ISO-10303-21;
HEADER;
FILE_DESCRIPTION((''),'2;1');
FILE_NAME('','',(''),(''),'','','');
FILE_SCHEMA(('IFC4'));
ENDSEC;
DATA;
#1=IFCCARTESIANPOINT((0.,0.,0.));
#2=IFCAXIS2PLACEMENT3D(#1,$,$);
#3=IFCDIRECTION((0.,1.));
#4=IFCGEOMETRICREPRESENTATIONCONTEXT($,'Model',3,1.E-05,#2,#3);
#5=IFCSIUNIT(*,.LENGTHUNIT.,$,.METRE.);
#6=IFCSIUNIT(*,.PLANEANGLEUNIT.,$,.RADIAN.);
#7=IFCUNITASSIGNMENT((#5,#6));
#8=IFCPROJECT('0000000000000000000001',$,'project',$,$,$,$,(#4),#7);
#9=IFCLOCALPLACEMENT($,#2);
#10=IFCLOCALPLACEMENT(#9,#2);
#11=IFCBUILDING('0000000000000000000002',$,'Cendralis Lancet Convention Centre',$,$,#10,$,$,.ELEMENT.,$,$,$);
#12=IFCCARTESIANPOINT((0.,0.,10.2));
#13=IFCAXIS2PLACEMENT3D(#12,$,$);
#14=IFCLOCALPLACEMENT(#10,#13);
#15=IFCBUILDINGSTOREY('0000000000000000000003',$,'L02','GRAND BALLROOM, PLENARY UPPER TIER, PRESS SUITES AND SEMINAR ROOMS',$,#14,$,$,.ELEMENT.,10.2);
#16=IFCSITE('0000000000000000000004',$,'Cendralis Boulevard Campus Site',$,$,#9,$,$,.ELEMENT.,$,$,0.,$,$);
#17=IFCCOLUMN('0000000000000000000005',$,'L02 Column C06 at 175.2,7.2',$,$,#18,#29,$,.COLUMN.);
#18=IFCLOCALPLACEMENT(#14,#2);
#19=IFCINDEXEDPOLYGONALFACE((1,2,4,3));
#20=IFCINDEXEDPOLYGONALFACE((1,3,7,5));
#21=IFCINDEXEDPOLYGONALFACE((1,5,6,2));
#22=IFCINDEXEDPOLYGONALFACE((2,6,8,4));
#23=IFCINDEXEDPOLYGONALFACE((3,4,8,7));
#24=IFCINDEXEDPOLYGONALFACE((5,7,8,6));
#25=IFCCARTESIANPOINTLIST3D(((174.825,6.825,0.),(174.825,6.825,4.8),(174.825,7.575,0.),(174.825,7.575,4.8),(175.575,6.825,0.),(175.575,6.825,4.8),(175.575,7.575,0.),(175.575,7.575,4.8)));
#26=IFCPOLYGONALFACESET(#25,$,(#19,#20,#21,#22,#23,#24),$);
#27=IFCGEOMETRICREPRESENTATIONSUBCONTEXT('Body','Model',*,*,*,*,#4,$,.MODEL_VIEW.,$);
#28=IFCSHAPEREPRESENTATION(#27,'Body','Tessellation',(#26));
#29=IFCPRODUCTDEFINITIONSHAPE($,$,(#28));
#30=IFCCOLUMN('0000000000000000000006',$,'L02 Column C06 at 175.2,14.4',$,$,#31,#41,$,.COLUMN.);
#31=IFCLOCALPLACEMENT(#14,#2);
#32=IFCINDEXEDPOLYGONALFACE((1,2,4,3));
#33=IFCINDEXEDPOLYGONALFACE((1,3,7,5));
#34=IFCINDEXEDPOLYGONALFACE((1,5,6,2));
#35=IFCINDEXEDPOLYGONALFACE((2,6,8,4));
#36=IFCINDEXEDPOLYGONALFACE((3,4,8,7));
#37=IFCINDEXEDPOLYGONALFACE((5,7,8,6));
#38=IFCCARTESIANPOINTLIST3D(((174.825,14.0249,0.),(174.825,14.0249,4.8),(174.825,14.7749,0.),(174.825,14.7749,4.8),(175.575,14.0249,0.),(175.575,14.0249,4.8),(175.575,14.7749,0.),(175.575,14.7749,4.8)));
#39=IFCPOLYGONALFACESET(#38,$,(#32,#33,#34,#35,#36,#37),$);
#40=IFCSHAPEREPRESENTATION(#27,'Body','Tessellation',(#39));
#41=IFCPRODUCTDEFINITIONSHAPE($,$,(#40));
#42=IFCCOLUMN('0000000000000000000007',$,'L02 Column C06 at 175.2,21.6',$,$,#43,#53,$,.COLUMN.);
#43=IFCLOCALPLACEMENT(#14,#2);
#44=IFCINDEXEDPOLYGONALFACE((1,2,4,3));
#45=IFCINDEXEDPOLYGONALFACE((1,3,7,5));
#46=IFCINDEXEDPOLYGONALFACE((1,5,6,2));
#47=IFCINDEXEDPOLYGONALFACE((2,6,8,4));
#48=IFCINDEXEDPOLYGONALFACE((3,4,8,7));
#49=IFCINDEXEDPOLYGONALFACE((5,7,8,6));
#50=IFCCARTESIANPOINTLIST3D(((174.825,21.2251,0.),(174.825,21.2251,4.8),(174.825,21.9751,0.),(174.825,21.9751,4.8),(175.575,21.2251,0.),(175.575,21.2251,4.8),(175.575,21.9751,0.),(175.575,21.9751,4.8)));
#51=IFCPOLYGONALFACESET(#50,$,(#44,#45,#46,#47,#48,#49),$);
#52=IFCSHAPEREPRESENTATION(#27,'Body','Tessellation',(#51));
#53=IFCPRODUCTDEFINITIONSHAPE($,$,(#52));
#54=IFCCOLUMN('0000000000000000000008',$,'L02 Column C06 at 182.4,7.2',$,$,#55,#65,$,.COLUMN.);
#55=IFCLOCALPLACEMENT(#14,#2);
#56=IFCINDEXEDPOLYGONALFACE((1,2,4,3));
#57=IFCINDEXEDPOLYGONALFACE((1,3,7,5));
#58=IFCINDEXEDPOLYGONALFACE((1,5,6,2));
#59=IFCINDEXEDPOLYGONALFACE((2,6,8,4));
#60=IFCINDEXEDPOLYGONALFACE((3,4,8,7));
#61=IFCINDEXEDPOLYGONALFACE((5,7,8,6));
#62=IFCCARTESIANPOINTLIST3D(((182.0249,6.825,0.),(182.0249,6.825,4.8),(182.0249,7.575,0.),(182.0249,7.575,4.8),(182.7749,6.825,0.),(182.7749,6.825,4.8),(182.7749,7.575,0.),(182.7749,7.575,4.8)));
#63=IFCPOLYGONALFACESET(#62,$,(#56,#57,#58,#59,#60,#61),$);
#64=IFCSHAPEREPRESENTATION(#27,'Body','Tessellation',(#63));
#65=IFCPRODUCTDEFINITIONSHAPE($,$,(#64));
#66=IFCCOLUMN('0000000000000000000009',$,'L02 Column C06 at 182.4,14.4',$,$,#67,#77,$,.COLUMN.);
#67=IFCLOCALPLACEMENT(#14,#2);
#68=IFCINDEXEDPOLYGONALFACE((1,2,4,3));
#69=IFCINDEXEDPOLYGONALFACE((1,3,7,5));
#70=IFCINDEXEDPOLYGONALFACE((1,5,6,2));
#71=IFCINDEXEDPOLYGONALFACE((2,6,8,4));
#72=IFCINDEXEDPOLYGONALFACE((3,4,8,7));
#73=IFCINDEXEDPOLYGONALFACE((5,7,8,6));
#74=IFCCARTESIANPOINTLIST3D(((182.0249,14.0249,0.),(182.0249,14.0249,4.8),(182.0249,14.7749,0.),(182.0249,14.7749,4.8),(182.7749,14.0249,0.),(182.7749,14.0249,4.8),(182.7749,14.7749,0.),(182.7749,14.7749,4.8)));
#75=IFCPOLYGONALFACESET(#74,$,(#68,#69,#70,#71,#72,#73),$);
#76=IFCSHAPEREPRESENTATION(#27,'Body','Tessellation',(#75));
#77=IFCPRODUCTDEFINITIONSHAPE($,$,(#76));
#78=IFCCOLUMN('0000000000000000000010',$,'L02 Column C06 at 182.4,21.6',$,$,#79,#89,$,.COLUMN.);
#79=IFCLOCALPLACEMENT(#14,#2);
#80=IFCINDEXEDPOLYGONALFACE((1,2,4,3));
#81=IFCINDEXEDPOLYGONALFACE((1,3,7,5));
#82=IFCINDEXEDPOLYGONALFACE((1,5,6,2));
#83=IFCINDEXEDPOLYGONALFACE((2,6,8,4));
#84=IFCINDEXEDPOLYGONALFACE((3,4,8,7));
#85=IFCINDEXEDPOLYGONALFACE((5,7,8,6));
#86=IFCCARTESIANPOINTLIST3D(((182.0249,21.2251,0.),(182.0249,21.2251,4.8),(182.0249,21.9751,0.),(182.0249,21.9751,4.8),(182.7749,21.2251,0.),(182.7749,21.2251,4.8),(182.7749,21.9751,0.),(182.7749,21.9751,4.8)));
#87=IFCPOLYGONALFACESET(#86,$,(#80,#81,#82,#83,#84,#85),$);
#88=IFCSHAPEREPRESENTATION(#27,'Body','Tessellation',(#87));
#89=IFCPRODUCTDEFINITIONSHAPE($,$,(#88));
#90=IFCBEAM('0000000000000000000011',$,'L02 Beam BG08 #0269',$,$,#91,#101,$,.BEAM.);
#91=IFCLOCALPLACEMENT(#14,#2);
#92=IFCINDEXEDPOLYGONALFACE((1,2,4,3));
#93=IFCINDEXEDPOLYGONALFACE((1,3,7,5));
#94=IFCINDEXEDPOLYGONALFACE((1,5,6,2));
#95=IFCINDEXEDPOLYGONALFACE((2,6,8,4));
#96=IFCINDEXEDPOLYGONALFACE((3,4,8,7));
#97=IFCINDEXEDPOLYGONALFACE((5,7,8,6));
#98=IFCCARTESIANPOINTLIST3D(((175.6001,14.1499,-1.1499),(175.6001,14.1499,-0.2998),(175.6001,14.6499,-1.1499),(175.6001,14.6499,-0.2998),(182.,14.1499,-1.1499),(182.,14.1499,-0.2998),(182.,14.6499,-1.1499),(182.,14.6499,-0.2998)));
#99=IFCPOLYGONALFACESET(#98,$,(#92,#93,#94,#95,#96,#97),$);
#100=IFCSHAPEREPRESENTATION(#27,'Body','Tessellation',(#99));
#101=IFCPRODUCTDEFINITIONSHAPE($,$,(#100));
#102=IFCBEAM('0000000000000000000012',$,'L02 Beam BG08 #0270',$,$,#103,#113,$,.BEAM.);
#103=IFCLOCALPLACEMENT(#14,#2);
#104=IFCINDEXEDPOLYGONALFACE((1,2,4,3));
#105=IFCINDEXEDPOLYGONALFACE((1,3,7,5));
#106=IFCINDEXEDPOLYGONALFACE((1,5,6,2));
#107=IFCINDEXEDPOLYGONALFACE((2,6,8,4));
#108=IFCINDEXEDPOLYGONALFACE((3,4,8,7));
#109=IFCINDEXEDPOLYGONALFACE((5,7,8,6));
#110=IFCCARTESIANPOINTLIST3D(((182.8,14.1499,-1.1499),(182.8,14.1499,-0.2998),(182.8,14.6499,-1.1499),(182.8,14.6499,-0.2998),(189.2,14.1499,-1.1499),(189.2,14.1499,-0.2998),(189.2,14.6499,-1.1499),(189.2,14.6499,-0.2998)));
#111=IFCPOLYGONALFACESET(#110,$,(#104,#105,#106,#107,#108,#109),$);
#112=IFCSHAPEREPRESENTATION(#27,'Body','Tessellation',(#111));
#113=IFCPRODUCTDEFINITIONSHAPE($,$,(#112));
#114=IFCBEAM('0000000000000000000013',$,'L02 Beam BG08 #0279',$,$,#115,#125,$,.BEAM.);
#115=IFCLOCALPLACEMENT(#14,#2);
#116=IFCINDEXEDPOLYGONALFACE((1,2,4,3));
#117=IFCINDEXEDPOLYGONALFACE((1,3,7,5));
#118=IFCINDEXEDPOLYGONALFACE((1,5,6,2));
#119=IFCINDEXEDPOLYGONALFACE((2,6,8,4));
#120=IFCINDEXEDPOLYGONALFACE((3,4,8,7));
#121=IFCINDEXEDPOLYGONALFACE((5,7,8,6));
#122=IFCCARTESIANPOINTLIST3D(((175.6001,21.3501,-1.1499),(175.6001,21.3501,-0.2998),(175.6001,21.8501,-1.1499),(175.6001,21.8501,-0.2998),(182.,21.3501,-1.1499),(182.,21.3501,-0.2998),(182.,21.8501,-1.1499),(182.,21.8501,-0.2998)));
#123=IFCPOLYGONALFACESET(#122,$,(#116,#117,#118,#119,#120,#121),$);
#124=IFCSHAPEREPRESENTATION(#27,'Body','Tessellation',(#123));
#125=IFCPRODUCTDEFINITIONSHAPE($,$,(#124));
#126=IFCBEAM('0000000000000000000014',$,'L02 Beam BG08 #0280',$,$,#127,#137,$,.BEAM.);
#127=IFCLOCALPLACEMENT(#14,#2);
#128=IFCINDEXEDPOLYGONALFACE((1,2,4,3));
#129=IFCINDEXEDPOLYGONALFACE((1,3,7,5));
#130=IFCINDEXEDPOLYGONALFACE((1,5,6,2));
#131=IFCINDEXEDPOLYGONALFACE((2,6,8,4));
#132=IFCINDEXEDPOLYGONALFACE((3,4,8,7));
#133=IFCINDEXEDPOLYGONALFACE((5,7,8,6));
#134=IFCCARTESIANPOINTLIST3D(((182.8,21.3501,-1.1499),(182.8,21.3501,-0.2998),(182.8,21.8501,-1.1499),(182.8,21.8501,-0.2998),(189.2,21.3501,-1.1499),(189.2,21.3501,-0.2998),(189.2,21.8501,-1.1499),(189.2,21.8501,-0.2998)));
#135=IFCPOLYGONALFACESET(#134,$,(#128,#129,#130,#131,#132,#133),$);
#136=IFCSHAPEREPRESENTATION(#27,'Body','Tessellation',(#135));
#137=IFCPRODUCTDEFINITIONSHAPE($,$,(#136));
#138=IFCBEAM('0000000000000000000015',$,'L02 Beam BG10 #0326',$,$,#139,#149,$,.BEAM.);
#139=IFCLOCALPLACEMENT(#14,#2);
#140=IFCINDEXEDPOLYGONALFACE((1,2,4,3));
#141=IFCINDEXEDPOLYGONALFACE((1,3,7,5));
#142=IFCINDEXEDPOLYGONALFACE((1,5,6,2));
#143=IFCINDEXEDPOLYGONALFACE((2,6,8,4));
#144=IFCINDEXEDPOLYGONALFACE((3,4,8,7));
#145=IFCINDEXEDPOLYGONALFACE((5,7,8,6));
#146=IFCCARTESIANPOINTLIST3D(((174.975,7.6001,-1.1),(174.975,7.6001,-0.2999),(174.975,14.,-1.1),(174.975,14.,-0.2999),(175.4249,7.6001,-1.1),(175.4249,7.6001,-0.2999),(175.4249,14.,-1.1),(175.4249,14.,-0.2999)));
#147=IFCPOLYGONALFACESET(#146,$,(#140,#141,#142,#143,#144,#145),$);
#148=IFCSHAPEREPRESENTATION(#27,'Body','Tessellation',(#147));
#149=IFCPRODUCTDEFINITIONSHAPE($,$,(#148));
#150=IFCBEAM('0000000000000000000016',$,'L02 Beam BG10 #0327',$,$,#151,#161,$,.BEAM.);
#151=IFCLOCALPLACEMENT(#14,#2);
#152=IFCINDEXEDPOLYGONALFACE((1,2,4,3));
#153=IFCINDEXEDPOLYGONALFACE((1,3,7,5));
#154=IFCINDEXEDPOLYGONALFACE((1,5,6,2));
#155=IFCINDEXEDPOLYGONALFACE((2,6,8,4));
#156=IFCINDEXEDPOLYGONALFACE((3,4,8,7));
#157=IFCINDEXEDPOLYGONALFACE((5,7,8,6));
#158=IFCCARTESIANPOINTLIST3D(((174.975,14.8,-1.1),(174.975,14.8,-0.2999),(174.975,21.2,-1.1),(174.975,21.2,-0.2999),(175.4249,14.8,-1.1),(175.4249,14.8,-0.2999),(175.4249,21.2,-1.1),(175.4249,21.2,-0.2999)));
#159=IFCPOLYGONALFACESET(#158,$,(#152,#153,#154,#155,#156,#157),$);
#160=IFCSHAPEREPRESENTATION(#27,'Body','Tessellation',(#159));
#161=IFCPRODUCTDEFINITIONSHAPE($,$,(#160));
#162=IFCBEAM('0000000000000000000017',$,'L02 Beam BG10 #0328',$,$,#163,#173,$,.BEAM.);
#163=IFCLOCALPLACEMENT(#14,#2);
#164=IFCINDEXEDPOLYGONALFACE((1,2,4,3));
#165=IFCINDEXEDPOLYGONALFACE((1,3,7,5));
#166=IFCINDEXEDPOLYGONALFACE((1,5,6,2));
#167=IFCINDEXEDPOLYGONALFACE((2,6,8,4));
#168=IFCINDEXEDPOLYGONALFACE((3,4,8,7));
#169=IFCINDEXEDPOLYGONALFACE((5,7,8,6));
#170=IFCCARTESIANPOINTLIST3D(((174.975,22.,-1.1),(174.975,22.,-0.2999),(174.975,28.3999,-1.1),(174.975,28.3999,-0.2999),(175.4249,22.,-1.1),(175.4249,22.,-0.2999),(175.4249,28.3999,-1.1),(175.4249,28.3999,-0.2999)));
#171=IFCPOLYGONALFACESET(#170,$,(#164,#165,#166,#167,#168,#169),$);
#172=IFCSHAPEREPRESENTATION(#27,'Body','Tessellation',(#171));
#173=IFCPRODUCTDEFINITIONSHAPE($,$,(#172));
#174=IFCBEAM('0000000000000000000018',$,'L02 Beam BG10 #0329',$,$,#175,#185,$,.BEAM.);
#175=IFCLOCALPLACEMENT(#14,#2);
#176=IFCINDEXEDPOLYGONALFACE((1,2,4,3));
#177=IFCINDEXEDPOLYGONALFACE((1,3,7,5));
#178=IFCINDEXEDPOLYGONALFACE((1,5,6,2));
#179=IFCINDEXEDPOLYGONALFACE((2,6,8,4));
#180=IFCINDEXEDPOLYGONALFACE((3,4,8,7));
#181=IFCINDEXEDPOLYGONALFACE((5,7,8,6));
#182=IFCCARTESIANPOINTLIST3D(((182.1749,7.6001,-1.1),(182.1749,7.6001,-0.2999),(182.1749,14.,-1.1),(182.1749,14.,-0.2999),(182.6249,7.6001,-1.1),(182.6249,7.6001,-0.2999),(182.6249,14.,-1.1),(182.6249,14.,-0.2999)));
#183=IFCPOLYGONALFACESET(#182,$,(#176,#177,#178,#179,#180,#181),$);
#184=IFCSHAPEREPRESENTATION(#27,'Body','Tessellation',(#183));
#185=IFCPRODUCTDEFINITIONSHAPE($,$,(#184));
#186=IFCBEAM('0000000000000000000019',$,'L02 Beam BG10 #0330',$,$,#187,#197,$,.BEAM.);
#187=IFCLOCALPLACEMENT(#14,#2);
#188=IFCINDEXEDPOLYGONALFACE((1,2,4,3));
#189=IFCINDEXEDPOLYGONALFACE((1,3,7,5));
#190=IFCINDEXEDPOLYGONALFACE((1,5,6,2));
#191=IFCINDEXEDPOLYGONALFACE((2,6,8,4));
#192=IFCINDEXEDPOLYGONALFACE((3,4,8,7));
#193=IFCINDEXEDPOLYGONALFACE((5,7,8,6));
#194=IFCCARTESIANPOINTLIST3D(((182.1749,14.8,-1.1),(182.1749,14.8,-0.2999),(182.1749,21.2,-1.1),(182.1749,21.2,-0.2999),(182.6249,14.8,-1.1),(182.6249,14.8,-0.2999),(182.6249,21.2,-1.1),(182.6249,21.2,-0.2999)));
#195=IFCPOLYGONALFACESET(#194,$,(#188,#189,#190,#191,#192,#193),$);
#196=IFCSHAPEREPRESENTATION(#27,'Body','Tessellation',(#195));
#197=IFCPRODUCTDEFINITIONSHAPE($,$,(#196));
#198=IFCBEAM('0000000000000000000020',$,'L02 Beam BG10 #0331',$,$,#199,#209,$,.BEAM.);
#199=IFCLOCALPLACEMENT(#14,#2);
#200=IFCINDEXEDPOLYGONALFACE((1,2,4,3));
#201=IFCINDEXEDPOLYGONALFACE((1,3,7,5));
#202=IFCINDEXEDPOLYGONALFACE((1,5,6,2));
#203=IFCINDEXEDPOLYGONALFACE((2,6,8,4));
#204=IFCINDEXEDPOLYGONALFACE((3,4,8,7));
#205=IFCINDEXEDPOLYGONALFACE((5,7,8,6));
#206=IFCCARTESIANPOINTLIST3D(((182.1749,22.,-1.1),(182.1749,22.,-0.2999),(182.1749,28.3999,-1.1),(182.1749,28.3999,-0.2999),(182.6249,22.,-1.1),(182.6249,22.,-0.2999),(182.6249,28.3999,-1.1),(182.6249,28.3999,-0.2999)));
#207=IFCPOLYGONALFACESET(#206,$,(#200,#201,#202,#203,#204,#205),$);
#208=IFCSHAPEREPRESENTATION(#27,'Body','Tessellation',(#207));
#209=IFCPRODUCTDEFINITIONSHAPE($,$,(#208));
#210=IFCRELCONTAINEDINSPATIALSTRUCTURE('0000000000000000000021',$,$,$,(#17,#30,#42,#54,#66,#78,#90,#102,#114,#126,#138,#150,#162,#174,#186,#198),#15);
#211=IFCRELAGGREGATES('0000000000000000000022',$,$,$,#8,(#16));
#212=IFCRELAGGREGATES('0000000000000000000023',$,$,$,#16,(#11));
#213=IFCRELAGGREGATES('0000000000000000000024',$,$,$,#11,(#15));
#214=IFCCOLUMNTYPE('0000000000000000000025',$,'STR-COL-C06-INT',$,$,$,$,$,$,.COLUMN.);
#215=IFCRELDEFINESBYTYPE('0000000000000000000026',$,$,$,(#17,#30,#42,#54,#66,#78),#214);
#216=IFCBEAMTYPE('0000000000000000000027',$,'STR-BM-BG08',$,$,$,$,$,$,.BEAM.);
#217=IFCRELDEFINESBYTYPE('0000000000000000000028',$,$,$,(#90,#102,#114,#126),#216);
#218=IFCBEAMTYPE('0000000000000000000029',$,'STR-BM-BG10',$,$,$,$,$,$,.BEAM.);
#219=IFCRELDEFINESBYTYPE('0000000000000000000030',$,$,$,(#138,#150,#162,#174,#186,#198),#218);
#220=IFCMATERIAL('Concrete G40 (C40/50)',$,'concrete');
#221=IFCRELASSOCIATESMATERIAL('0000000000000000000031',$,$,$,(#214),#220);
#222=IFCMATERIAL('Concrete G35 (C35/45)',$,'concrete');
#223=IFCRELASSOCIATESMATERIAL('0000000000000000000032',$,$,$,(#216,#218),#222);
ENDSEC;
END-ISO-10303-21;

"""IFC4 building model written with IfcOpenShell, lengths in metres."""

from ifc_helpers import new_model, si_unit, direction, frame, origin, origin_2d, place, context, subcontext, project, spatial, rectangle, extrude, material, material_profile, profile_set, type_object, element, save


model = new_model("IFC4")

# Units and contexts
model_context = context("Model", 3, precision=1e-05, world=origin(), true_north=direction((0.0, 1.0)))
body_context = subcontext(model_context, "Body", "Model", "MODEL_VIEW")
ifc_project = project(units=[si_unit("LENGTHUNIT", "METRE"), si_unit("PLANEANGLEUNIT", "RADIAN")], contexts=[model_context])

# Site, building, storey
site_placement = place(None, origin())
site = spatial("IfcSite", under=ifc_project, at=site_placement, Name="Cendralis Boulevard Campus Site", CompositionType="ELEMENT", RefElevation=0.0)
building_placement = place(site_placement, origin())
building = spatial("IfcBuilding", under=site, at=building_placement, Name="Cendralis Lancet Convention Centre", CompositionType="ELEMENT")
storey_placement = place(building_placement, frame((0.0, 0.0, 10.2)))
storey = spatial("IfcBuildingStorey", under=building, at=storey_placement, Name="L02", Description="GRAND BALLROOM, PLENARY UPPER TIER, PRESS SUITES AND SEMINAR ROOMS", CompositionType="ELEMENT", Elevation=10.2)

# Columns
ifc_material_1 = material(Name="Concrete G40 (C40/50)", Category="concrete")
ifc_material_profile_1 = material_profile(ifc_material_1, rectangle(XDim=0.75, YDim=0.75, at=origin_2d()), Name="RC 750x750")
ifc_profile_set_1 = profile_set([ifc_material_profile_1], Name="Concrete G40 (C40/50)")
column_type = type_object("IfcColumnType", Name="STR-COL-C06-INT", PredefinedType="COLUMN", material=ifc_profile_set_1)
for number, where, z_axis, x_axis, name in (
    (1, (175.2, 7.2, 0.0), (0.0, 0.0, 1.0), (1.0, 0.0, 0.0), "L02 Column C06 at 175.2,7.2"),
    (2, (175.2, 14.3999, 0.0), (0.0, 0.0, 1.0), (1.0, 0.0, 0.0), "L02 Column C06 at 175.2,14.4"),
    (3, (175.2, 21.6001, 0.0), (0.0, 0.0, 1.0), (1.0, 0.0, 0.0), "L02 Column C06 at 175.2,21.6"),
    (4, (182.3999, 7.2, 0.0), (0.0, 0.0, 1.0), (1.0, 0.0, 0.0), "L02 Column C06 at 182.4,7.2"),
    (5, (182.3999, 14.3999, 0.0), (0.0, 0.0, 1.0), (1.0, 0.0, 0.0), "L02 Column C06 at 182.4,14.4"),
    (6, (182.3999, 21.6001, 0.0), (0.0, 0.0, 1.0), (1.0, 0.0, 0.0), "L02 Column C06 at 182.4,21.6"),
):
    element("IfcColumn", number, at=place(storey_placement, frame(where, z_axis=z_axis, x_axis=x_axis)), inside=storey, type_object=column_type, Name=name, PredefinedType="COLUMN", context=body_context, shape_type="SweptSolid", body=[
        extrude(rectangle(XDim=0.75, YDim=0.75, at=origin_2d()), origin(), (0.0, 0.0, 1.0), 4.8),
    ])

# Beams
ifc_material_2 = material(Name="Concrete G35 (C35/45)", Category="concrete")
ifc_material_profile_2 = material_profile(ifc_material_2, rectangle(XDim=0.5, YDim=0.8501, at=origin_2d()), Name="RCB 500x850")
ifc_profile_set_2 = profile_set([ifc_material_profile_2], Name="Concrete G35 (C35/45)")
beam_type_1 = type_object("IfcBeamType", Name="STR-BM-BG08", PredefinedType="BEAM", material=ifc_profile_set_2)
for number, where, z_axis, x_axis, name in (
    (7, (175.6001, 14.3999, -0.7249), (1.0, 0.0, 0.0), (0.0, 1.0, 0.0), "L02 Beam BG08 #0269"),
    (8, (182.8, 14.3999, -0.7249), (1.0, 0.0, 0.0), (0.0, 1.0, 0.0), "L02 Beam BG08 #0270"),
    (9, (175.6001, 21.6001, -0.7249), (1.0, 0.0, 0.0), (0.0, 1.0, 0.0), "L02 Beam BG08 #0279"),
    (10, (182.8, 21.6001, -0.7249), (1.0, 0.0, 0.0), (0.0, 1.0, 0.0), "L02 Beam BG08 #0280"),
):
    element("IfcBeam", number, at=place(storey_placement, frame(where, z_axis=z_axis, x_axis=x_axis)), inside=storey, type_object=beam_type_1, Name=name, PredefinedType="BEAM", context=body_context, shape_type="SweptSolid", body=[
        extrude(rectangle(XDim=0.5, YDim=0.8501, at=origin_2d()), origin(), (0.0, 0.0, 1.0), 6.3999),
    ])
ifc_material_profile_3 = material_profile(ifc_material_2, rectangle(XDim=0.45, YDim=0.8, at=origin_2d()), Name="RCB 450x800")
ifc_profile_set_3 = profile_set([ifc_material_profile_3], Name="Concrete G35 (C35/45)")
beam_type_2 = type_object("IfcBeamType", Name="STR-BM-BG10", PredefinedType="BEAM", material=ifc_profile_set_3)
for number, where, z_axis, x_axis, name in (
    (11, (175.2, 7.6001, -0.7), (0.0, 1.0, 0.0), (-1.0, 0.0, 0.0), "L02 Beam BG10 #0326"),
    (12, (175.2, 14.8, -0.7), (0.0, 1.0, 0.0), (-1.0, 0.0, 0.0), "L02 Beam BG10 #0327"),
    (13, (175.2, 22.0, -0.7), (0.0, 1.0, 0.0), (-1.0, 0.0, 0.0), "L02 Beam BG10 #0328"),
    (14, (182.3999, 7.6001, -0.7), (0.0, 1.0, 0.0), (-1.0, 0.0, 0.0), "L02 Beam BG10 #0329"),
    (15, (182.3999, 14.8, -0.7), (0.0, 1.0, 0.0), (-1.0, 0.0, 0.0), "L02 Beam BG10 #0330"),
    (16, (182.3999, 22.0, -0.7), (0.0, 1.0, 0.0), (-1.0, 0.0, 0.0), "L02 Beam BG10 #0331"),
):
    element("IfcBeam", number, at=place(storey_placement, frame(where, z_axis=z_axis, x_axis=x_axis)), inside=storey, type_object=beam_type_2, Name=name, PredefinedType="BEAM", context=body_context, shape_type="SweptSolid", body=[
        extrude(rectangle(XDim=0.45, YDim=0.8, at=origin_2d()), origin(), (0.0, 0.0, 1.0), 6.3999),
    ])

save(model, "model.ifc")
